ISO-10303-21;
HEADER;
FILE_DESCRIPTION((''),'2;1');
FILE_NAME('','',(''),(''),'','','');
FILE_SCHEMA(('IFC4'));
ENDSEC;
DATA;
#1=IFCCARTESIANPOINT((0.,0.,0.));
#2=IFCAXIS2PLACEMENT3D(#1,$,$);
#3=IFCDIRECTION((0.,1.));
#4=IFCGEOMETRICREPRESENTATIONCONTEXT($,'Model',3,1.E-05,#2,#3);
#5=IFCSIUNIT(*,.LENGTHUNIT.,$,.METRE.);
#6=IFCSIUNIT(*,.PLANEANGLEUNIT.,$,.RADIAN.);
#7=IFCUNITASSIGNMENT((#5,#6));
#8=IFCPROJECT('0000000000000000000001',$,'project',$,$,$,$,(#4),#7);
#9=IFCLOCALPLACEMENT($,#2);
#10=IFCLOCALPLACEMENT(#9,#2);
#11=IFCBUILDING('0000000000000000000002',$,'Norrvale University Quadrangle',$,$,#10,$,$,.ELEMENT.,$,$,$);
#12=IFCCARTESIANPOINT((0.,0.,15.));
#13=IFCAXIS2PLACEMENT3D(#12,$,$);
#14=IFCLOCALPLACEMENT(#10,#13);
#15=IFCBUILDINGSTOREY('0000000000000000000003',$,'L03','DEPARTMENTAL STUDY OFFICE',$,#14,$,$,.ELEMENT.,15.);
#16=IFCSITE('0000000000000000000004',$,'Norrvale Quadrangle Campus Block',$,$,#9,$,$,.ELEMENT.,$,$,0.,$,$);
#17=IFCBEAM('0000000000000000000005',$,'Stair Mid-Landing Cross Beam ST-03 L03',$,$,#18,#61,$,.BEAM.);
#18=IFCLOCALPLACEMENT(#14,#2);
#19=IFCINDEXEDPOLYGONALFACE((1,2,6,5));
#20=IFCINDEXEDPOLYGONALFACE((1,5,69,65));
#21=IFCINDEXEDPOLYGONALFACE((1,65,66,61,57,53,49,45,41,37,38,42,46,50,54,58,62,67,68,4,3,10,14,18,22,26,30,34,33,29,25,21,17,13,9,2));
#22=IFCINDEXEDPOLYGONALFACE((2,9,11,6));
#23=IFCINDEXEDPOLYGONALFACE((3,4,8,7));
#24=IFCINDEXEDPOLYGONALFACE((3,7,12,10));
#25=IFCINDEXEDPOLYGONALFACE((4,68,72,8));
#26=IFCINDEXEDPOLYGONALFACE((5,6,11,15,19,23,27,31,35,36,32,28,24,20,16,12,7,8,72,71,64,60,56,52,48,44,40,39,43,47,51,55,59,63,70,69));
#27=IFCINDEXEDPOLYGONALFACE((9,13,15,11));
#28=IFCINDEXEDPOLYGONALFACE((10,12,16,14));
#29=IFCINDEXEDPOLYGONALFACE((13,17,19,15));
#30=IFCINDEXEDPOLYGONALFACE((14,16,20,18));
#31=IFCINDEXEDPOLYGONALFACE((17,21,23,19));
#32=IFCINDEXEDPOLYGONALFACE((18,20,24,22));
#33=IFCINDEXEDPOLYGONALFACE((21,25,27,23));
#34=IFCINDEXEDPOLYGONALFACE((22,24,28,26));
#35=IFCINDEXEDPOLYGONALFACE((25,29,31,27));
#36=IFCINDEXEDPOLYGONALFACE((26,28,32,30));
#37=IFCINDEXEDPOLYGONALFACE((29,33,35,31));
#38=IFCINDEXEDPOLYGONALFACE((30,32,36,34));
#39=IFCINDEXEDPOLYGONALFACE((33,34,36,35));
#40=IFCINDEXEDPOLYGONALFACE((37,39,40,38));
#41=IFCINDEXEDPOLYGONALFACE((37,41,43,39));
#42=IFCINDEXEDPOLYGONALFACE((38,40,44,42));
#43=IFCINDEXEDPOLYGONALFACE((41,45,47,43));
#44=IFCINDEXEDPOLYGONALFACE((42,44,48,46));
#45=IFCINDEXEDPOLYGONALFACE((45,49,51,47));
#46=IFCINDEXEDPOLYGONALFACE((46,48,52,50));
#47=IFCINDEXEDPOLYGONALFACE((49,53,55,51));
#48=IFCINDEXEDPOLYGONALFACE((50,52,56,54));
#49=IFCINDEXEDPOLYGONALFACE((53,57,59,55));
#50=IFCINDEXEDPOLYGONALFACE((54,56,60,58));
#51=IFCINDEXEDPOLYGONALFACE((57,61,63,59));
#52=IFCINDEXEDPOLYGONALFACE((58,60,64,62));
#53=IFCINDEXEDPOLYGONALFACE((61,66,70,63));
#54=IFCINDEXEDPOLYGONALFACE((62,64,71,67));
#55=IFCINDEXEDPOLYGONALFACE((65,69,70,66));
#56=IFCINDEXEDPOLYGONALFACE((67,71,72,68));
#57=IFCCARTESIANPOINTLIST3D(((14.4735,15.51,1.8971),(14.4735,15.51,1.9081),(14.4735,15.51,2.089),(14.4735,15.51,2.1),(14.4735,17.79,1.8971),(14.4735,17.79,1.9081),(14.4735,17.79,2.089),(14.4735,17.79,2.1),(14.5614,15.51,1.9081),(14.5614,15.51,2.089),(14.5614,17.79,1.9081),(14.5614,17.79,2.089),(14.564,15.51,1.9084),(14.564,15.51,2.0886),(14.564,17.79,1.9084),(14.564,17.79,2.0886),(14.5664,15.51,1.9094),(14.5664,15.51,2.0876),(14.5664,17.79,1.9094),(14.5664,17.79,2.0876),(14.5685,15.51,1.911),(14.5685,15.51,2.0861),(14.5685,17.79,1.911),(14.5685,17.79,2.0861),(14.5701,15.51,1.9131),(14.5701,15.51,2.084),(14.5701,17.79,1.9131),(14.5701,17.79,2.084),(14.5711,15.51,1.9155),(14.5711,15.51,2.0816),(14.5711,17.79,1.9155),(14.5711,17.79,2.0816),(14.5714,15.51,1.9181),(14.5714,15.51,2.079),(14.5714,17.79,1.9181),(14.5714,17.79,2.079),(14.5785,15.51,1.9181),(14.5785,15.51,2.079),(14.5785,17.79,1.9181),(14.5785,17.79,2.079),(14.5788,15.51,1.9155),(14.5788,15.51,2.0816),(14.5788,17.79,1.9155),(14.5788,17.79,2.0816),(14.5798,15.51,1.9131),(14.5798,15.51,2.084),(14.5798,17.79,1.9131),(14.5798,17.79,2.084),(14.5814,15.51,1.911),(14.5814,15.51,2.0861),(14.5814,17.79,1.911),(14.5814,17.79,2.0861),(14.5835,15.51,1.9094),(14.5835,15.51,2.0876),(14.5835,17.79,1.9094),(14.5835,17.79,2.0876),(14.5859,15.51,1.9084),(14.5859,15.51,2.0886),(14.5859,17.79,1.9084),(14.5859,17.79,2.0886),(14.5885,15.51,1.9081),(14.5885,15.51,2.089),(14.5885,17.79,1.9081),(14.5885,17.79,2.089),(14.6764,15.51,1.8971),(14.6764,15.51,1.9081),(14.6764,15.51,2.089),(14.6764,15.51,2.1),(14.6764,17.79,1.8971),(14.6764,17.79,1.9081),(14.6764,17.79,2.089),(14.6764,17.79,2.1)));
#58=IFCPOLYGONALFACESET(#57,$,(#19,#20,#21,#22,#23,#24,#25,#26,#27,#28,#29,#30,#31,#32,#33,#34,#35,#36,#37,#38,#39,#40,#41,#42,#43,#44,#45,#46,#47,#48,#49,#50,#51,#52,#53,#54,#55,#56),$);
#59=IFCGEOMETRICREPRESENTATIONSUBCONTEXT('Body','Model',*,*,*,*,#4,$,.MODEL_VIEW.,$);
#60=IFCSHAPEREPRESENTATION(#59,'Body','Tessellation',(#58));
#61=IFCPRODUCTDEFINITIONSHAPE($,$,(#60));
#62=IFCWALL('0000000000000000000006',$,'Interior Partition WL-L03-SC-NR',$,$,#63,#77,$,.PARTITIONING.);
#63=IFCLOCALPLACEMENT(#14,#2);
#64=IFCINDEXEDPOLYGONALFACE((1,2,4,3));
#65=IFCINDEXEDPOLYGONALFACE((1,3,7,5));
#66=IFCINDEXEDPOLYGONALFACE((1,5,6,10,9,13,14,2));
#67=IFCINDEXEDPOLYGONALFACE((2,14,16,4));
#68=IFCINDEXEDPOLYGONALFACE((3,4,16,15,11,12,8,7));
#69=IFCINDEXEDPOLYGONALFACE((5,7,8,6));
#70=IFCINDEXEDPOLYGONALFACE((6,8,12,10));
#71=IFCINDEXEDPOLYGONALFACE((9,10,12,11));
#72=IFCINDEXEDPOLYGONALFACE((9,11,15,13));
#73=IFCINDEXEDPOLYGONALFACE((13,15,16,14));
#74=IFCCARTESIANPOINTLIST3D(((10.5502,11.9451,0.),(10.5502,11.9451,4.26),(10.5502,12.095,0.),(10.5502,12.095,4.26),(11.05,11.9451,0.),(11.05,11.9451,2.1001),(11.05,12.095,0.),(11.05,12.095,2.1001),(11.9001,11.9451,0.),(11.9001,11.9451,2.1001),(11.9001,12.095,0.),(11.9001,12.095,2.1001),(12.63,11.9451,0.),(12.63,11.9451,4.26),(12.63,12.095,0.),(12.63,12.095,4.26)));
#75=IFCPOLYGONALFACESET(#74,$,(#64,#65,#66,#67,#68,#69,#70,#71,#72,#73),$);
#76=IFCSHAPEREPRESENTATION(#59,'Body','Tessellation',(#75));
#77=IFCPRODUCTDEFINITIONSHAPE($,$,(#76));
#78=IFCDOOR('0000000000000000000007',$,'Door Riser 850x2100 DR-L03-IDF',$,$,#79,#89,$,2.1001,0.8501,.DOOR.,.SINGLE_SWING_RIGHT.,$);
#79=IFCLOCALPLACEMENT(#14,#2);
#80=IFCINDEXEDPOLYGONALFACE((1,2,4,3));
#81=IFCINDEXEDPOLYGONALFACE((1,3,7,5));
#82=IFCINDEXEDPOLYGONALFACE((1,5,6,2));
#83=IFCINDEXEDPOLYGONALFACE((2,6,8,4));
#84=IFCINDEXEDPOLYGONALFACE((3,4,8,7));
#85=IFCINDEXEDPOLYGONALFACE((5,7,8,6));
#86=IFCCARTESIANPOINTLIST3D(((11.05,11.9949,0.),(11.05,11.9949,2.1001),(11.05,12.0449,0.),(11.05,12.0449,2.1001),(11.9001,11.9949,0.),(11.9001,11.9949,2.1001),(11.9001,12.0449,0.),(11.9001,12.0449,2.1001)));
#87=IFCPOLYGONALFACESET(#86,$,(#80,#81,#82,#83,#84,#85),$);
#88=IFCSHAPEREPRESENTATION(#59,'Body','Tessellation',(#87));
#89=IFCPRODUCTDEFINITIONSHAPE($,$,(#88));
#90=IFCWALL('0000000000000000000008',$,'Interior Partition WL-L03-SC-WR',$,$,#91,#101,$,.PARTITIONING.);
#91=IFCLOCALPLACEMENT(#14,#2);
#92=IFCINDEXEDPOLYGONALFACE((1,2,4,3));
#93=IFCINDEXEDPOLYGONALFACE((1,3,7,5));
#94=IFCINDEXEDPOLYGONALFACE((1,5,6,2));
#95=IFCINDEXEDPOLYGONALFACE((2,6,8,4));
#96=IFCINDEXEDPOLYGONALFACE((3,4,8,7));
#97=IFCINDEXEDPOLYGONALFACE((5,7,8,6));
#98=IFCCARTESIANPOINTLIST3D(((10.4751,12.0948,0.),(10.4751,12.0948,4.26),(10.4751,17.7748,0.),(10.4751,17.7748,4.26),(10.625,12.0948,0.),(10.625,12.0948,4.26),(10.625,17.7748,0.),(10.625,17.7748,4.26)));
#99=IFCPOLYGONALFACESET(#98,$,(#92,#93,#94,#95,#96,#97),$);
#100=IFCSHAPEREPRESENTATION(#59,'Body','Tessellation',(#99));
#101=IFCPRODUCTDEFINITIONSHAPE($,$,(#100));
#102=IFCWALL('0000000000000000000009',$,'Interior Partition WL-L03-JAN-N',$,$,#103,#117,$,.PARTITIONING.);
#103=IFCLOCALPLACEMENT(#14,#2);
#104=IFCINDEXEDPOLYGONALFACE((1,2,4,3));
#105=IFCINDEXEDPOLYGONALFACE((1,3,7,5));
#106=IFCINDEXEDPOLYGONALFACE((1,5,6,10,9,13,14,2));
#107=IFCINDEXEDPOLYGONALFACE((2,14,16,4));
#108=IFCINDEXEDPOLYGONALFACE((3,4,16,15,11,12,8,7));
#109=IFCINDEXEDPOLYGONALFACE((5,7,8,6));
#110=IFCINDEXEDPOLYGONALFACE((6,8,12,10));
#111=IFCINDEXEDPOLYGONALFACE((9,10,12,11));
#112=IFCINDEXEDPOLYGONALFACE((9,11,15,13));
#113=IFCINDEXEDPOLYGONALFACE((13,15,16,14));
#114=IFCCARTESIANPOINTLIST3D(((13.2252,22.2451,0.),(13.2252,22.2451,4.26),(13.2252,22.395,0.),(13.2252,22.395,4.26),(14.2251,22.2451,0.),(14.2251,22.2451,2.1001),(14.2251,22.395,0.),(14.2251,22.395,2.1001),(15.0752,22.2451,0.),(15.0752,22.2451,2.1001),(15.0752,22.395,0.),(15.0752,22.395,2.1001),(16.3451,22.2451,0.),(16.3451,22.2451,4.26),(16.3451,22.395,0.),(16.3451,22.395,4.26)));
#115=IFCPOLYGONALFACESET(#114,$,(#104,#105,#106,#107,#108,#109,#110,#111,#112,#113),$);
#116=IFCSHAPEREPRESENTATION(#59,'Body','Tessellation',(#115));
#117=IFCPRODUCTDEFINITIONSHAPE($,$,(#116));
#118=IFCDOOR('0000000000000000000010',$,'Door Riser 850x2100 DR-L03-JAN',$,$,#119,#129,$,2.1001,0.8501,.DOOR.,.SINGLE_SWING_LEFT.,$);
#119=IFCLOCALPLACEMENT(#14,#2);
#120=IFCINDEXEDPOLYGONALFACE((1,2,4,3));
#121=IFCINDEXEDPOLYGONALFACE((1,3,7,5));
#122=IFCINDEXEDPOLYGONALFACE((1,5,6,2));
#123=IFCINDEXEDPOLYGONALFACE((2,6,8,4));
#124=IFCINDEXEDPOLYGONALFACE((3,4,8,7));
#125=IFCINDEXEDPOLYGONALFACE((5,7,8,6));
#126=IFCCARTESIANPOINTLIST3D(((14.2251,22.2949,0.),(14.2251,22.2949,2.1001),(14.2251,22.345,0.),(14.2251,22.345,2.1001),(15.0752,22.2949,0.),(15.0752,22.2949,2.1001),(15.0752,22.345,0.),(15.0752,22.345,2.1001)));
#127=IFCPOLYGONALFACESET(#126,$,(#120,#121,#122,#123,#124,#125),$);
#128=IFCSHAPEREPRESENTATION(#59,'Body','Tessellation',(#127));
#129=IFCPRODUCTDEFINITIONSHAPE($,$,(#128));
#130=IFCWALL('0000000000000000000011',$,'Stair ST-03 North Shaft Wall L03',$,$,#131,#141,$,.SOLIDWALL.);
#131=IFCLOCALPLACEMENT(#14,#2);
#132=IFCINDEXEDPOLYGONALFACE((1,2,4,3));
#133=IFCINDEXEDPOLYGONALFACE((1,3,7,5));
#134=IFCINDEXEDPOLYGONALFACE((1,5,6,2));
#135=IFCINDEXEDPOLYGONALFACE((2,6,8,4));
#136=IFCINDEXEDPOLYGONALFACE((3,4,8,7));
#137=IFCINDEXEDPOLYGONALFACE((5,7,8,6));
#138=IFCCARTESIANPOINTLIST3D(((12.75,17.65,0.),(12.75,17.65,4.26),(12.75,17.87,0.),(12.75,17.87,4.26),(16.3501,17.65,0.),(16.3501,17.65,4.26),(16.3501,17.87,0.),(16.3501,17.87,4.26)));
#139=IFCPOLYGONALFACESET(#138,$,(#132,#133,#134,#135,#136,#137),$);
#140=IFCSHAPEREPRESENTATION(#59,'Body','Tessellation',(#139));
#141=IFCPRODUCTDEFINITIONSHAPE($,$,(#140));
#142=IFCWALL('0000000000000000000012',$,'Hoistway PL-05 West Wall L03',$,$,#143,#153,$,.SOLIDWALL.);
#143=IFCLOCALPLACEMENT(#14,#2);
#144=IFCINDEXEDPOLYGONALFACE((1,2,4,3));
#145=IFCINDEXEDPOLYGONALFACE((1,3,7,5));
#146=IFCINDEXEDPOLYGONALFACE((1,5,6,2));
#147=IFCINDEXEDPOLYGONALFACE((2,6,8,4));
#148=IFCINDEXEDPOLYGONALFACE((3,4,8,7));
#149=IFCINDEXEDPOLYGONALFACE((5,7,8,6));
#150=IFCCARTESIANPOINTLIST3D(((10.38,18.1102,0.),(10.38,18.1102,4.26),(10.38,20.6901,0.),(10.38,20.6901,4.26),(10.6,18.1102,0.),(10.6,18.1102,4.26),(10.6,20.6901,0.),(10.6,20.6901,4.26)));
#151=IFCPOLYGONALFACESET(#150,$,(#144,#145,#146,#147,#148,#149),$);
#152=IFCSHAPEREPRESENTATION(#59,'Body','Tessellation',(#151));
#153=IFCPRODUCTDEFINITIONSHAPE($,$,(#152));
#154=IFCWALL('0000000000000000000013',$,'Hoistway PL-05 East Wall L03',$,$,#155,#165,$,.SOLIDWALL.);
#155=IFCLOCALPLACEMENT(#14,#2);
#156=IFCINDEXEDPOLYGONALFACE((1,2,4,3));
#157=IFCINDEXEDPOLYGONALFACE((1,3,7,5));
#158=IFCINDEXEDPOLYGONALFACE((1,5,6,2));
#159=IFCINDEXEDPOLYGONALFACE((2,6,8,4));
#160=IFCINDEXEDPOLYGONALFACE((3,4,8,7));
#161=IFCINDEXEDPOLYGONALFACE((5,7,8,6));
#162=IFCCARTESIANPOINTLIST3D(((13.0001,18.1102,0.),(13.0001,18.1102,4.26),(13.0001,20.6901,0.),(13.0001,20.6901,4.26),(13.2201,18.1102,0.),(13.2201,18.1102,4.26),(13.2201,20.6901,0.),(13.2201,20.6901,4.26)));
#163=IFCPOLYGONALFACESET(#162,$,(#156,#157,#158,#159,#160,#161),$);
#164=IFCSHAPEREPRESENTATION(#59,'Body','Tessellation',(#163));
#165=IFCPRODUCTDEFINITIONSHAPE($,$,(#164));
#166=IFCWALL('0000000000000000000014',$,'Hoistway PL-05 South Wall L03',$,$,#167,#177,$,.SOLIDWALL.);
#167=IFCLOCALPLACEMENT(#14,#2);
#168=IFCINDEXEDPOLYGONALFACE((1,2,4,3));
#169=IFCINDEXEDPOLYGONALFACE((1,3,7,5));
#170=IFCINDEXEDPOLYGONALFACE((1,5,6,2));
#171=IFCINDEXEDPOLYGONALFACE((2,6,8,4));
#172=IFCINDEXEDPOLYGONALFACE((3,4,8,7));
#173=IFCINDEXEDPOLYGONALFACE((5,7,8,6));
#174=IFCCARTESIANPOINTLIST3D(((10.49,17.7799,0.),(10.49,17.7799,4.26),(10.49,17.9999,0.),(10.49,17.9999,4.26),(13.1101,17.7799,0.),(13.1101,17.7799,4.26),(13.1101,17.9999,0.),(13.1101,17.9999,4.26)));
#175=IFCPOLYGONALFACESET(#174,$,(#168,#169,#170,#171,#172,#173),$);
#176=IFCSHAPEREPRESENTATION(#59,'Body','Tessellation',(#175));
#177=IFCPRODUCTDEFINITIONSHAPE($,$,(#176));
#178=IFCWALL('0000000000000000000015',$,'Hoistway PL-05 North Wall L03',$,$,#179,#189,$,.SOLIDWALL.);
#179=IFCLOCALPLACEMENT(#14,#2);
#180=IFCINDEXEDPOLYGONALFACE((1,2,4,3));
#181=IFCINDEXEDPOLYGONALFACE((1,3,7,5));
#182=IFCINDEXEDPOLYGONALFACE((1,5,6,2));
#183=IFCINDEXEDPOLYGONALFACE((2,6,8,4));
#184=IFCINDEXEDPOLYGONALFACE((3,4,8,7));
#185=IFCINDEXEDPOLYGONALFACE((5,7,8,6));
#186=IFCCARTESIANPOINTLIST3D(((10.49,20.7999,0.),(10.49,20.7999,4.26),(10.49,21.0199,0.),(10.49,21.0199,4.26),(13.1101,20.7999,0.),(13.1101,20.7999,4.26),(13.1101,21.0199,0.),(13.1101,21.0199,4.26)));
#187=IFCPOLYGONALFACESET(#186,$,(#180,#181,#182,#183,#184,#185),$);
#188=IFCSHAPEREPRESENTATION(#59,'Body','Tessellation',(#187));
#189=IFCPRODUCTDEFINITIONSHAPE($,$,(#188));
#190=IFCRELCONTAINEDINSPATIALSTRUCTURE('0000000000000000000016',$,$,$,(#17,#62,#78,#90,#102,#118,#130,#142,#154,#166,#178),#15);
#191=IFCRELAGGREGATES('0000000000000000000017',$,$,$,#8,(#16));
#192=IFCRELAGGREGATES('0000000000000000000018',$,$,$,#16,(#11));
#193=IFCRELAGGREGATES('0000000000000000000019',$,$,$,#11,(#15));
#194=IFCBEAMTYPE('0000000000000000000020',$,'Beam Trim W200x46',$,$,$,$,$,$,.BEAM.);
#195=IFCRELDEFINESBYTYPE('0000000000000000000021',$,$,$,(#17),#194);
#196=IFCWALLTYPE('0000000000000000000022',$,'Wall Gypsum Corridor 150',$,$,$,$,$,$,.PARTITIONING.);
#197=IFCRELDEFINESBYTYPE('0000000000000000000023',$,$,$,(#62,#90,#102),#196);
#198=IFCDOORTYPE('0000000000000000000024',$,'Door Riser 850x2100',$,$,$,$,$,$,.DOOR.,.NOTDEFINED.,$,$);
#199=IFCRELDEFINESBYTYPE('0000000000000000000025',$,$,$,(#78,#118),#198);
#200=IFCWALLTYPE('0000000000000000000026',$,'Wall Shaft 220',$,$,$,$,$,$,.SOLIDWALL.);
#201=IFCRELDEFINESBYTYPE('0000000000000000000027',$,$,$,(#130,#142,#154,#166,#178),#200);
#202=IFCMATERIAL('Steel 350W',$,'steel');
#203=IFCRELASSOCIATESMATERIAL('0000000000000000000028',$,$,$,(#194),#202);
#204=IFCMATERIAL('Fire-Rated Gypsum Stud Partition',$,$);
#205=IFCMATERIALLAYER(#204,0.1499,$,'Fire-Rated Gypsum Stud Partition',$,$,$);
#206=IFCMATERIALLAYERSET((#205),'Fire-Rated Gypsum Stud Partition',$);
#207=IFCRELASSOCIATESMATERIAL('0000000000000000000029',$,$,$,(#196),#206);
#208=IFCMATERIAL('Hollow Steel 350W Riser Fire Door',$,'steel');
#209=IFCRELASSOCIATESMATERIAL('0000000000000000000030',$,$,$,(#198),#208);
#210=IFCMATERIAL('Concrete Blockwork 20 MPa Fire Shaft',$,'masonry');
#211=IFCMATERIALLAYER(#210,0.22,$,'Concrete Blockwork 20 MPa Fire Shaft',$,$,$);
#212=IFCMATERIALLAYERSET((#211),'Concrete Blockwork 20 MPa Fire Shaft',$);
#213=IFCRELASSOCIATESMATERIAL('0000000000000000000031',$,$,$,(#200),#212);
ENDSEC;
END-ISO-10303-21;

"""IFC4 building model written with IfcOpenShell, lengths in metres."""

from ifc_helpers import new_model, si_unit, direction, frame, frame_2d, origin, origin_2d, place, context, subcontext, project, spatial, rectangle, i_section, extrude, material, layer, layer_set, material_profile, profile_set, type_object, element, fill, save


model = new_model("IFC4")

# Units and contexts
model_context = context("Model", 3, precision=1e-05, world=origin(), true_north=direction((0.0, 1.0)))
body_context = subcontext(model_context, "Body", "Model", "MODEL_VIEW")
ifc_project = project(units=[si_unit("LENGTHUNIT", "METRE"), si_unit("PLANEANGLEUNIT", "RADIAN")], contexts=[model_context])

# Site, building, storey
site_placement = place(None, origin())
site = spatial("IfcSite", under=ifc_project, at=site_placement, Name="Norrvale Quadrangle Campus Block", CompositionType="ELEMENT", RefElevation=0.0)
building_placement = place(site_placement, origin())
building = spatial("IfcBuilding", under=site, at=building_placement, Name="Norrvale University Quadrangle", CompositionType="ELEMENT")
storey_placement = place(building_placement, frame((0.0, 0.0, 15.0)))
storey = spatial("IfcBuildingStorey", under=building, at=storey_placement, Name="L03", Description="DEPARTMENTAL STUDY OFFICE", CompositionType="ELEMENT", Elevation=15.0)

# Beam
ifc_material_1 = material(Name="Steel 350W", Category="steel")
ifc_material_profile_1 = material_profile(ifc_material_1, i_section(OverallWidth=0.2029, OverallDepth=0.2029, WebThickness=0.0071, FlangeThickness=0.011, FilletRadius=0.01, at=origin_2d()), Name="Steel 350W")
ifc_profile_set_1 = profile_set([ifc_material_profile_1], Name="Steel 350W")
beam_type_1 = type_object("IfcBeamType", Name="Beam Trim W200x46", PredefinedType="BEAM", material=ifc_profile_set_1)
beam_1_placement = place(storey_placement, frame((14.575, 15.51, 1.9985), z_axis=(0.0, 1.0, 0.0), x_axis=(-1.0, 0.0, 0.0)))
element("IfcBeam", 1, at=beam_1_placement, inside=storey, type_object=beam_type_1, Name="Stair Mid-Landing Cross Beam ST-03 L03", PredefinedType="BEAM", context=body_context, shape_type="SweptSolid", body=[
    extrude(i_section(OverallWidth=0.2029, OverallDepth=0.2029, WebThickness=0.0071, FlangeThickness=0.011, FilletRadius=0.01, at=origin_2d()), origin(), (0.0, 0.0, 1.0), 2.28),
])

# Wall, opening, door
ifc_material_2 = material(Name="Fire-Rated Gypsum Stud Partition")
ifc_layer_1 = layer(ifc_material_2, 0.1499, Name="Fire-Rated Gypsum Stud Partition")
ifc_layer_set_1 = layer_set([ifc_layer_1], Name="Fire-Rated Gypsum Stud Partition")
wall_type_1 = type_object("IfcWallType", Name="Wall Gypsum Corridor 150", PredefinedType="PARTITIONING", material=ifc_layer_set_1)
wall_1_placement = place(storey_placement, frame((10.55, 12.02, 0.0), z_axis=(0.0, 0.0, 1.0), x_axis=(1.0, 0.0, 0.0)))
wall_1 = element("IfcWall", 2, at=wall_1_placement, inside=storey, type_object=wall_type_1, Name="Interior Partition WL-L03-SC-NR", PredefinedType="PARTITIONING", context=body_context, shape_type="SweptSolid", body=[
    extrude(rectangle(XDim=2.0798, YDim=0.1499, at=frame_2d((1.04, 0.0))), origin(), (0.0, 0.0, 1.0), 4.26),
])
opening_1_placement = place(wall_1_placement, frame((0.5, 0.0, 0.0)))
opening_1 = element("IfcOpeningElement", 3, at=opening_1_placement, cuts=wall_1, PredefinedType="OPENING", context=body_context, shape_type="SweptSolid", body=[
    extrude(rectangle(XDim=0.8501, YDim=2.1001, at=frame_2d((0.425, 1.05))), frame((0.0, 0.0869, 0.0), z_axis=(0.0, -1.0, 0.0), x_axis=(1.0, 0.0, 0.0)), (0.0, 0.0, 1.0), 0.1738),
])
ifc_material_3 = material(Name="Hollow Steel 350W Riser Fire Door", Category="steel")
door_type = type_object("IfcDoorType", Name="Door Riser 850x2100", OperationType="NOTDEFINED", PredefinedType="DOOR", material=ifc_material_3)
door_1_placement = place(opening_1_placement, origin())
door_1 = element("IfcDoor", 4, at=door_1_placement, inside=storey, type_object=door_type, Name="Door Riser 850x2100 DR-L03-IDF", OperationType="SINGLE_SWING_RIGHT", OverallHeight=2.1001, OverallWidth=0.8501, PredefinedType="DOOR", context=body_context, shape_type="SweptSolid", body=[
    extrude(rectangle(XDim=0.8501, YDim=2.1001, at=frame_2d((0.425, 1.05))), frame((0.0, 0.0249, 0.0), z_axis=(0.0, -1.0, 0.0), x_axis=(1.0, 0.0, 0.0)), (0.0, 0.0, 1.0), 0.05),
])
fill(opening_1, door_1)

# Wall
wall_2_placement = place(storey_placement, frame((10.55, 12.095, 0.0), z_axis=(0.0, 0.0, 1.0), x_axis=(0.0, 1.0, 0.0)))
element("IfcWall", 5, at=wall_2_placement, inside=storey, type_object=wall_type_1, Name="Interior Partition WL-L03-SC-WR", PredefinedType="PARTITIONING", context=body_context, shape_type="SweptSolid", body=[
    extrude(rectangle(XDim=5.6799, YDim=0.1499, at=frame_2d((2.8398, 0.0))), origin(), (0.0, 0.0, 1.0), 4.26),
])

# Wall, opening, door
wall_3_placement = place(storey_placement, frame((13.2251, 22.3201, 0.0), z_axis=(0.0, 0.0, 1.0), x_axis=(1.0, 0.0, 0.0)))
wall_3 = element("IfcWall", 6, at=wall_3_placement, inside=storey, type_object=wall_type_1, Name="Interior Partition WL-L03-JAN-N", PredefinedType="PARTITIONING", context=body_context, shape_type="SweptSolid", body=[
    extrude(rectangle(XDim=3.1199, YDim=0.1499, at=frame_2d((1.5601, 0.0))), origin(), (0.0, 0.0, 1.0), 4.26),
])
opening_2_placement = place(wall_3_placement, frame((1.0, 0.0, 0.0)))
opening_2 = element("IfcOpeningElement", 7, at=opening_2_placement, cuts=wall_3, PredefinedType="OPENING", context=body_context, shape_type="SweptSolid", body=[
    extrude(rectangle(XDim=0.8501, YDim=2.1001, at=frame_2d((0.425, 1.05))), frame((0.0, 0.0869, 0.0), z_axis=(0.0, -1.0, 0.0), x_axis=(1.0, 0.0, 0.0)), (0.0, 0.0, 1.0), 0.1738),
])
door_2_placement = place(opening_2_placement, origin())
door_2 = element("IfcDoor", 8, at=door_2_placement, inside=storey, type_object=door_type, Name="Door Riser 850x2100 DR-L03-JAN", OperationType="SINGLE_SWING_LEFT", OverallHeight=2.1001, OverallWidth=0.8501, PredefinedType="DOOR", context=body_context, shape_type="SweptSolid", body=[
    extrude(rectangle(XDim=0.8501, YDim=2.1001, at=frame_2d((0.425, 1.05))), frame((0.0, 0.0249, 0.0), z_axis=(0.0, -1.0, 0.0), x_axis=(1.0, 0.0, 0.0)), (0.0, 0.0, 1.0), 0.05),
])
fill(opening_2, door_2)

# Walls
ifc_material_4 = material(Name="Concrete Blockwork 20 MPa Fire Shaft", Category="masonry")
ifc_layer_2 = layer(ifc_material_4, 0.22, Name="Concrete Blockwork 20 MPa Fire Shaft")
ifc_layer_set_2 = layer_set([ifc_layer_2], Name="Concrete Blockwork 20 MPa Fire Shaft")
wall_type_2 = type_object("IfcWallType", Name="Wall Shaft 220", PredefinedType="SOLIDWALL", material=ifc_layer_set_2)
wall_4_placement = place(storey_placement, frame((12.75, 17.76, 0.0), z_axis=(0.0, 0.0, 1.0), x_axis=(1.0, 0.0, 0.0)))
element("IfcWall", 9, at=wall_4_placement, inside=storey, type_object=wall_type_2, Name="Stair ST-03 North Shaft Wall L03", PredefinedType="SOLIDWALL", context=body_context, shape_type="SweptSolid", body=[
    extrude(rectangle(XDim=3.6001, YDim=0.22, at=frame_2d((1.8, 0.0))), origin(), (0.0, 0.0, 1.0), 4.26),
])
for number, where, z_axis, x_axis, name in (
    (10, (10.49, 18.1101, 0.0), (0.0, 0.0, 1.0), (0.0, 1.0, 0.0), "Hoistway PL-05 West Wall L03"),
    (11, (13.1101, 18.1101, 0.0), (0.0, 0.0, 1.0), (0.0, 1.0, 0.0), "Hoistway PL-05 East Wall L03"),
):
    element("IfcWall", number, at=place(storey_placement, frame(where, z_axis=z_axis, x_axis=x_axis)), inside=storey, type_object=wall_type_2, Name=name, PredefinedType="SOLIDWALL", context=body_context, shape_type="SweptSolid", body=[
        extrude(rectangle(XDim=2.5798, YDim=0.22, at=frame_2d((1.29, 0.0))), origin(), (0.0, 0.0, 1.0), 4.26),
    ])
for number, where, z_axis, x_axis, name in (
    (12, (10.49, 17.8899, 0.0), (0.0, 0.0, 1.0), (1.0, 0.0, 0.0), "Hoistway PL-05 South Wall L03"),
    (13, (10.49, 20.9099, 0.0), (0.0, 0.0, 1.0), (1.0, 0.0, 0.0), "Hoistway PL-05 North Wall L03"),
):
    element("IfcWall", number, at=place(storey_placement, frame(where, z_axis=z_axis, x_axis=x_axis)), inside=storey, type_object=wall_type_2, Name=name, PredefinedType="SOLIDWALL", context=body_context, shape_type="SweptSolid", body=[
        extrude(rectangle(XDim=2.6201, YDim=0.22, at=frame_2d((1.3101, 0.0))), origin(), (0.0, 0.0, 1.0), 4.26),
    ])

save(model, "model.ifc")
